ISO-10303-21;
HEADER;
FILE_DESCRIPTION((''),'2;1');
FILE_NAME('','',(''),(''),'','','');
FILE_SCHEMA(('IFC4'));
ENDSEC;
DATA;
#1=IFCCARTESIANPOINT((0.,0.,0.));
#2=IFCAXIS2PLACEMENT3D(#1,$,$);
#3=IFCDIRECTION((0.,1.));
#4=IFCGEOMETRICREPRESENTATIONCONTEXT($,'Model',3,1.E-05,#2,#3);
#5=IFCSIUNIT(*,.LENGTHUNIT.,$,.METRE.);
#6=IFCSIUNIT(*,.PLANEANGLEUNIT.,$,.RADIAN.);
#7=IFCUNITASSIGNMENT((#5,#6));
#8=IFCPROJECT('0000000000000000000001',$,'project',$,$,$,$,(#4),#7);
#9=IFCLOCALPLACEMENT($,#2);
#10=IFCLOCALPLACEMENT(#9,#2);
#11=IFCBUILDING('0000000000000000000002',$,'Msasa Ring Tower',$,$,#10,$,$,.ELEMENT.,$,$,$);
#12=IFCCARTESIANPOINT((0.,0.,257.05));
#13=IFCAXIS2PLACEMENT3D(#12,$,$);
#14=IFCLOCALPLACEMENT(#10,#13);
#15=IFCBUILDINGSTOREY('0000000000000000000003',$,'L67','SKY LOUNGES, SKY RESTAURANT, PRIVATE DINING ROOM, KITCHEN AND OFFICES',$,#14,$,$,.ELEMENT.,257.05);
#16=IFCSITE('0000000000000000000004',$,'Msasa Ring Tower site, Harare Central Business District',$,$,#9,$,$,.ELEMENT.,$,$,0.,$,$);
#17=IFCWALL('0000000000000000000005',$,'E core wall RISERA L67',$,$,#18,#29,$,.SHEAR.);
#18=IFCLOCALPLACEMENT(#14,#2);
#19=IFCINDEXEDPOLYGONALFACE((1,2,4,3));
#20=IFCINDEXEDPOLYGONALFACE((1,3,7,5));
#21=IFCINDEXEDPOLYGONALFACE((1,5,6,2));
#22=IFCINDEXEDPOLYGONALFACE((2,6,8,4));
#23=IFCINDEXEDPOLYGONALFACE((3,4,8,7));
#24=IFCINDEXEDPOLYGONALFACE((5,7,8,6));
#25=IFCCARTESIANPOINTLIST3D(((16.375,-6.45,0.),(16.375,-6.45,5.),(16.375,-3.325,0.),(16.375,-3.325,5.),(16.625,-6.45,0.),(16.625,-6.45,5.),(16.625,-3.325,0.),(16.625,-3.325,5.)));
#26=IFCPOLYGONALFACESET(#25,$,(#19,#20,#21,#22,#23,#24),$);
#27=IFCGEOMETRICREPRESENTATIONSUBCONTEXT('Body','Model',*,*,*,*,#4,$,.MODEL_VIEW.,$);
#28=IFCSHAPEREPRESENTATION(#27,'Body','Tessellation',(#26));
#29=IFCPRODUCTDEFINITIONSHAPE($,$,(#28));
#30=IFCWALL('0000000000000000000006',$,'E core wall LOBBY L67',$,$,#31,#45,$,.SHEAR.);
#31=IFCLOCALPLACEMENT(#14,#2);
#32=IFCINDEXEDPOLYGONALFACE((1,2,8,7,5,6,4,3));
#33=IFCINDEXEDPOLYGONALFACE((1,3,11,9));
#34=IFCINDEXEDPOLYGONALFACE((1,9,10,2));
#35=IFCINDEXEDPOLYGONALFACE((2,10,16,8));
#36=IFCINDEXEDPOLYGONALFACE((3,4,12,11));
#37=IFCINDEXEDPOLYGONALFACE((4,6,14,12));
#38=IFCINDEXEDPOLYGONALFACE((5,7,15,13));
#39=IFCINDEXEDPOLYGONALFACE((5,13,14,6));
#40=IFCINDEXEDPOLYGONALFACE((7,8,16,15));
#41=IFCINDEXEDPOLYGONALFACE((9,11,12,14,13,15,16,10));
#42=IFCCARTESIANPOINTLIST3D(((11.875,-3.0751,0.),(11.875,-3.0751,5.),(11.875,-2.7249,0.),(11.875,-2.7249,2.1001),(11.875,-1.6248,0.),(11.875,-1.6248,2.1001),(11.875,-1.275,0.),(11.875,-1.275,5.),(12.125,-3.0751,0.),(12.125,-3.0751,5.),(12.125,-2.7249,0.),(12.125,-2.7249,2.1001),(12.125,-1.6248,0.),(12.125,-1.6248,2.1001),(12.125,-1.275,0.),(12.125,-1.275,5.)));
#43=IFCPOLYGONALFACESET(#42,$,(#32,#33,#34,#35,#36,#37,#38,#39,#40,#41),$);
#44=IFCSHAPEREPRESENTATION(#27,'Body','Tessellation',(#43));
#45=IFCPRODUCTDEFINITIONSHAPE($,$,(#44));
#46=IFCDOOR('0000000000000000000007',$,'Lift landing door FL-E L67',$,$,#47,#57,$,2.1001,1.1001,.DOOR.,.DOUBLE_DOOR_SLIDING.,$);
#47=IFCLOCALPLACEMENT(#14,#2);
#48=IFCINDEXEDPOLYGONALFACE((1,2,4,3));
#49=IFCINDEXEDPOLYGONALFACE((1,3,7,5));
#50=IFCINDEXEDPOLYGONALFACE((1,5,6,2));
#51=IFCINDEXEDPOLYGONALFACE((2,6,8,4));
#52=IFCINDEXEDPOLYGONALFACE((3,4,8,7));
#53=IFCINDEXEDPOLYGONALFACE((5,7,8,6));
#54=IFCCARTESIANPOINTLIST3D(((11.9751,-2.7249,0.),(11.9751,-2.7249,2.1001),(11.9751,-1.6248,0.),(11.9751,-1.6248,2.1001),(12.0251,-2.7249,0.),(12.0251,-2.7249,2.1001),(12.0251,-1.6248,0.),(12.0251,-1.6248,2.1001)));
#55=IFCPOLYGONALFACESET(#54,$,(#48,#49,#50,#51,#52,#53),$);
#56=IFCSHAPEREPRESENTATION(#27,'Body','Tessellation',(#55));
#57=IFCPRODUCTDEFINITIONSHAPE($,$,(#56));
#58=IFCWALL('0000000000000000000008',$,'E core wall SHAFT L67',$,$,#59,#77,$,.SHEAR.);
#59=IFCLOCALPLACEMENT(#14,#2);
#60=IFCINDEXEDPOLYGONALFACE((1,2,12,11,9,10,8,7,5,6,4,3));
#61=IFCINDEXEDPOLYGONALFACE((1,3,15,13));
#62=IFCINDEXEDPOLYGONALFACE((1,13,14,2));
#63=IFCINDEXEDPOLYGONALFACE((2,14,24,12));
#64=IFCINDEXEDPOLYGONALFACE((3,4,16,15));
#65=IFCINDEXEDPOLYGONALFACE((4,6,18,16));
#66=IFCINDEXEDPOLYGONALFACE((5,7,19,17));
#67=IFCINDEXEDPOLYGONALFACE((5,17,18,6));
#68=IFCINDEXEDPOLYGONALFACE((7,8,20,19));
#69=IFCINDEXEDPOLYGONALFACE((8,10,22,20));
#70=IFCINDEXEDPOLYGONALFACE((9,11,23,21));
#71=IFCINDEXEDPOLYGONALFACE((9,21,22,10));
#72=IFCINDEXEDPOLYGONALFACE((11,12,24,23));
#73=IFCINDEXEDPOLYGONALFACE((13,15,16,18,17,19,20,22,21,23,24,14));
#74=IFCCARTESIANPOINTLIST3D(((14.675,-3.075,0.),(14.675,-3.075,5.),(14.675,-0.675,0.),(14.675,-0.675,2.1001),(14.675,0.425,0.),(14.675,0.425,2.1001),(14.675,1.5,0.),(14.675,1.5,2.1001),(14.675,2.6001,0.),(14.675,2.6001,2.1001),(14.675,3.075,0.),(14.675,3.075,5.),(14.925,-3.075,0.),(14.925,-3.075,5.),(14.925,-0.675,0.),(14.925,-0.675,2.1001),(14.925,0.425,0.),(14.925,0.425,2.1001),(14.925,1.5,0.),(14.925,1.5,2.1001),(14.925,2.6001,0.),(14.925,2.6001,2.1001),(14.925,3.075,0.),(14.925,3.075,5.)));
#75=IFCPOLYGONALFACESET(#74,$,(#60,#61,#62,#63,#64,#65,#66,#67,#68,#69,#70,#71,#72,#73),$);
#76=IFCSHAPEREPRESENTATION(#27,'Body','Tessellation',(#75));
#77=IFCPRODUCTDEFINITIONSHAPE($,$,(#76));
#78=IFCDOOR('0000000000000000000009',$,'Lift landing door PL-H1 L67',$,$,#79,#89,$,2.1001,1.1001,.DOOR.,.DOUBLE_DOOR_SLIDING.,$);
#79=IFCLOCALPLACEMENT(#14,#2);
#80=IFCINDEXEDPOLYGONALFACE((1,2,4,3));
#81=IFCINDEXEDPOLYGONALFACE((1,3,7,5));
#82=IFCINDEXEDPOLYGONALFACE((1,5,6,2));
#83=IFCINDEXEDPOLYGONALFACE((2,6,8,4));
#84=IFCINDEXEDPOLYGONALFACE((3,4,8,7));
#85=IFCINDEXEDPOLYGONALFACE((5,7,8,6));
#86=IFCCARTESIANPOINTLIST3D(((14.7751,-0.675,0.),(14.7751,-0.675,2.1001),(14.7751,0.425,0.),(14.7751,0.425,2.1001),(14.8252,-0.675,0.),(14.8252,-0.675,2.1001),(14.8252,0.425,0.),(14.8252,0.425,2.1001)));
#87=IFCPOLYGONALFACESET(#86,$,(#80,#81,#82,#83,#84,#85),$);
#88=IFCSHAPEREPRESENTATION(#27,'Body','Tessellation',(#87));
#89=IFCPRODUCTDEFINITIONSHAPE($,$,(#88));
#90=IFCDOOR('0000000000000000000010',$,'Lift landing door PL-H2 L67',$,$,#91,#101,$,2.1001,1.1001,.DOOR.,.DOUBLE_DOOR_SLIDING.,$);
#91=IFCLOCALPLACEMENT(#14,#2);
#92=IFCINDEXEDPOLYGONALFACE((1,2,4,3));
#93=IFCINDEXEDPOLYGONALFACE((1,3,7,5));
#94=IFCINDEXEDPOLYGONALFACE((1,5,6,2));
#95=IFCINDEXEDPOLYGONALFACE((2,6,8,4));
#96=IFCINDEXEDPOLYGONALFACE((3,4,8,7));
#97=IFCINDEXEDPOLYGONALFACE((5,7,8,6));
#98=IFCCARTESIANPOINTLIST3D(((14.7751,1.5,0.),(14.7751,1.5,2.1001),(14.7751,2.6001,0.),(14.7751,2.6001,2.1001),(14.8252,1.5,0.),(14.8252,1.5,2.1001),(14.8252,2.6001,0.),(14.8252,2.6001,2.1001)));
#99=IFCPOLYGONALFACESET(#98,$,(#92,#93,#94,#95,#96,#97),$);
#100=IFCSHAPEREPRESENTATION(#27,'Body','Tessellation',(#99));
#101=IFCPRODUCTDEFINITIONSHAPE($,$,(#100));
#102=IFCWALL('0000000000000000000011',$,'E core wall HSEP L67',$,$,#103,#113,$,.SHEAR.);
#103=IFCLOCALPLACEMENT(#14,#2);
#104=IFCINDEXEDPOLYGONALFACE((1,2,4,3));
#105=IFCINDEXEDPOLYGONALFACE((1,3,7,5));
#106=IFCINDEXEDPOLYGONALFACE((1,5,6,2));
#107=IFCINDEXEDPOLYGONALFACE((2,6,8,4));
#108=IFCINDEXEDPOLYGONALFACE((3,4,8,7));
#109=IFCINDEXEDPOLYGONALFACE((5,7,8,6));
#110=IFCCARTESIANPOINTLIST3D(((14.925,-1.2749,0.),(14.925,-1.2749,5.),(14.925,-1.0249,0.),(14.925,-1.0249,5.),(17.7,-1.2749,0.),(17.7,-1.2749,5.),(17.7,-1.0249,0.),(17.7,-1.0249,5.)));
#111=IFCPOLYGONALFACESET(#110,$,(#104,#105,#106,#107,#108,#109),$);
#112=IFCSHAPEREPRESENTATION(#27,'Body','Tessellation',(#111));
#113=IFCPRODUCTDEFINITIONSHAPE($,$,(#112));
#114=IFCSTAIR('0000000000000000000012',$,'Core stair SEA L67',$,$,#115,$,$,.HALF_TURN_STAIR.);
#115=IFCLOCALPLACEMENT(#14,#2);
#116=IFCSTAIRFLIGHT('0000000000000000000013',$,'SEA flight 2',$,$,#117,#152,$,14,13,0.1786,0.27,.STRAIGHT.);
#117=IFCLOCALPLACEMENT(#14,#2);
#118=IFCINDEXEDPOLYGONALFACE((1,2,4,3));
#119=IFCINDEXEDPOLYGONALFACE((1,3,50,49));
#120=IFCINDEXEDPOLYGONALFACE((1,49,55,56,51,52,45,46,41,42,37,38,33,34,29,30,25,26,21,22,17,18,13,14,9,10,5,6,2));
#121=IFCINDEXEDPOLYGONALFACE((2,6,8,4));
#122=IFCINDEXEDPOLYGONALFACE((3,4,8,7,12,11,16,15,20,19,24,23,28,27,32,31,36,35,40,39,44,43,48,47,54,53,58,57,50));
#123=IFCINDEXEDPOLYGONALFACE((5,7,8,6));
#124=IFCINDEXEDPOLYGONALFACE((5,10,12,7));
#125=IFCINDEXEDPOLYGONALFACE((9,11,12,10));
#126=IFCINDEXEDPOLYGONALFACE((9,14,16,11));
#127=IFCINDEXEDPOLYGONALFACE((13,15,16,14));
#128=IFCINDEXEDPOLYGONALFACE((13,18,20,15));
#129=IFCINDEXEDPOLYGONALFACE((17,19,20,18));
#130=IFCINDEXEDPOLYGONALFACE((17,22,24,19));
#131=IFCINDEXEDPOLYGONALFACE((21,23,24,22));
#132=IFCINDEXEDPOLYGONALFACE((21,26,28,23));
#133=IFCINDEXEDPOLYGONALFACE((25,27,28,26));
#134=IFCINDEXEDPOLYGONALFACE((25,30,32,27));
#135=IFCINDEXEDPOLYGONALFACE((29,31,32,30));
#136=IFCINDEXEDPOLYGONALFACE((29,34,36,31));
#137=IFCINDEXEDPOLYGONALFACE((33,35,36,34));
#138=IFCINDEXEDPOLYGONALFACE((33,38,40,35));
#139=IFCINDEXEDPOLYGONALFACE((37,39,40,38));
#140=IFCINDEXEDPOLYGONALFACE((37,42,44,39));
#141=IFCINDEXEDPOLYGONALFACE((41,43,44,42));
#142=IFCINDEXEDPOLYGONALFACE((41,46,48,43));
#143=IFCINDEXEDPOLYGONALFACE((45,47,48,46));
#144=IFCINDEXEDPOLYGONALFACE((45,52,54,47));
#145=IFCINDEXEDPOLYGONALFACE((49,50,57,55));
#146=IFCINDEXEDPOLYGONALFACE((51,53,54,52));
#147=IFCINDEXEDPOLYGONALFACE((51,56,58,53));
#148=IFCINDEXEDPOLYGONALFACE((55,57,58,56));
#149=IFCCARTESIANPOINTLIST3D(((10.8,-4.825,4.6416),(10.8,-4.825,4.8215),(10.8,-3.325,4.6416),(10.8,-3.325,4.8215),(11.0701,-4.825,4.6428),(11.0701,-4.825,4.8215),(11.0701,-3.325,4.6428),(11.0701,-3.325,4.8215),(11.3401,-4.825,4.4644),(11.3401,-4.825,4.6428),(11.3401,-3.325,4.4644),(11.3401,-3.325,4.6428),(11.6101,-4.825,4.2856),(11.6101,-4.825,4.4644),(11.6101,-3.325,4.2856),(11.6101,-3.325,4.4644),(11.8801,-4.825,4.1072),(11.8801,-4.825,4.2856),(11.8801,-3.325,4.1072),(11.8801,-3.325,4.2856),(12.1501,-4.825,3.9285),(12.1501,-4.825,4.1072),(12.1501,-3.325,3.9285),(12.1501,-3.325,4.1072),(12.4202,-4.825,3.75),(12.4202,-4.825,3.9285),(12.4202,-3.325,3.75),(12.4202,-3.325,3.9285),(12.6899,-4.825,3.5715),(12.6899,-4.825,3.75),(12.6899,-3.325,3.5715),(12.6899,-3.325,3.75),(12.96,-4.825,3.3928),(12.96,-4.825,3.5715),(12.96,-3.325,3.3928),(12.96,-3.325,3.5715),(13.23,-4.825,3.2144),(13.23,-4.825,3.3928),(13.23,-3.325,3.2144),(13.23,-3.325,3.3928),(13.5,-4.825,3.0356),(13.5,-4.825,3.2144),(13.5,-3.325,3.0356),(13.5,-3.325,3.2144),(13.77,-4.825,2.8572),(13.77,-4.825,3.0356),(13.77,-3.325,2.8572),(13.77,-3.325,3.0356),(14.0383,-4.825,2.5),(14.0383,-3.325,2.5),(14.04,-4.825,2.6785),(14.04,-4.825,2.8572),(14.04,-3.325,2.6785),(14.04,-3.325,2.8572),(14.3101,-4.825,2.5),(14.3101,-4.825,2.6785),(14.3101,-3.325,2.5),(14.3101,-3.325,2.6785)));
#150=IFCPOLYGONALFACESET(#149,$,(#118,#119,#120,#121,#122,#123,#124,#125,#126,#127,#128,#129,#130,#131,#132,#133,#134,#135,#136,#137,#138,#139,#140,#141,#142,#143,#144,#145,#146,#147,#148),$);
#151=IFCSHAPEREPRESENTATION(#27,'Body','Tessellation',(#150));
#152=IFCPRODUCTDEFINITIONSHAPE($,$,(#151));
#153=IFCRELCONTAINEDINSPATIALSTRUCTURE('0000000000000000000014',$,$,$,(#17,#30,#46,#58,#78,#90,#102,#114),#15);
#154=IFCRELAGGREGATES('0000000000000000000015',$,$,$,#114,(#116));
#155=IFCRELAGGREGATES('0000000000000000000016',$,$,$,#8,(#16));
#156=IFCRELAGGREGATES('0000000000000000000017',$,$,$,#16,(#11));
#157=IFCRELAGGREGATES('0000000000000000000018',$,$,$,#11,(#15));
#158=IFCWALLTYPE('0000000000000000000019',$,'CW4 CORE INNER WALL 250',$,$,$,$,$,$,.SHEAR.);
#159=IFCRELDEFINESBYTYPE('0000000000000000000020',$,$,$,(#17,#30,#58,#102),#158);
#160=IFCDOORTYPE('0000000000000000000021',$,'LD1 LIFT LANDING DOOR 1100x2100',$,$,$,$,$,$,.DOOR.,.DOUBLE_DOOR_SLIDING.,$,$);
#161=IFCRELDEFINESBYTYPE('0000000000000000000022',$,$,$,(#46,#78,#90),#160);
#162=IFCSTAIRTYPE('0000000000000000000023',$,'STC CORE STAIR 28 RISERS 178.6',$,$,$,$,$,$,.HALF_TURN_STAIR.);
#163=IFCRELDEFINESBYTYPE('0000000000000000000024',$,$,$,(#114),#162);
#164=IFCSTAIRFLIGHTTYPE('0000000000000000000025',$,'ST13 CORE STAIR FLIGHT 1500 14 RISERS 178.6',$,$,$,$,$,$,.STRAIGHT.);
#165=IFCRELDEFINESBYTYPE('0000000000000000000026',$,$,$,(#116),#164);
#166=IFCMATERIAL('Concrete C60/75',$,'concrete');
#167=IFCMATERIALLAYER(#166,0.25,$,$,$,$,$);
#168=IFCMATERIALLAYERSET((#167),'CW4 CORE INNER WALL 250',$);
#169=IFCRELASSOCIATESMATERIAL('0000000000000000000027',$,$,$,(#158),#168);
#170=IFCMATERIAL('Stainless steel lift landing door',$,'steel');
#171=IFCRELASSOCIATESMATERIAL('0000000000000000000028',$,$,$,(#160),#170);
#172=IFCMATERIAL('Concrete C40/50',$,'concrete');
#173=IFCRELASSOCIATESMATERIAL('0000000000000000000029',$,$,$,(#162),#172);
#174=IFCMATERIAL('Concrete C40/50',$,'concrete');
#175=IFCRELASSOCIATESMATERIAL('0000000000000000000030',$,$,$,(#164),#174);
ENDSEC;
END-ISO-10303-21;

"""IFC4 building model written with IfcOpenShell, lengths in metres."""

from ifc_helpers import new_model, si_unit, direction, frame, frame_2d, origin, place, context, subcontext, project, spatial, polyline, rectangle, outline, extrude, material, layer, layer_set, type_object, element, fill, aggregate, save


model = new_model("IFC4")

# Units and contexts
model_context = context("Model", 3, precision=1e-05, world=origin(), true_north=direction((0.0, 1.0)))
body_context = subcontext(model_context, "Body", "Model", "MODEL_VIEW")
ifc_project = project(units=[si_unit("LENGTHUNIT", "METRE"), si_unit("PLANEANGLEUNIT", "RADIAN")], contexts=[model_context])

# Site, building, storey
site_placement = place(None, origin())
site = spatial("IfcSite", under=ifc_project, at=site_placement, Name="Msasa Ring Tower site, Harare Central Business District", CompositionType="ELEMENT", RefElevation=0.0)
building_placement = place(site_placement, origin())
building = spatial("IfcBuilding", under=site, at=building_placement, Name="Msasa Ring Tower", CompositionType="ELEMENT")
storey_placement = place(building_placement, frame((0.0, 0.0, 257.05)))
storey = spatial("IfcBuildingStorey", under=building, at=storey_placement, Name="L67", Description="SKY LOUNGES, SKY RESTAURANT, PRIVATE DINING ROOM, KITCHEN AND OFFICES", CompositionType="ELEMENT", Elevation=257.05)

# Wall
ifc_material_1 = material(Name="Concrete C60/75", Category="concrete")
ifc_layer_1 = layer(ifc_material_1, 0.25)
ifc_layer_set_1 = layer_set([ifc_layer_1], Name="CW4 CORE INNER WALL 250")
wall_type_1 = type_object("IfcWallType", Name="CW4 CORE INNER WALL 250", PredefinedType="SHEAR", material=ifc_layer_set_1)
wall_1_placement = place(storey_placement, frame((16.5, -6.45, 0.0), z_axis=(0.0, 0.0, 1.0), x_axis=(0.0, 1.0, 0.0)))
element("IfcWall", 1, at=wall_1_placement, inside=storey, type_object=wall_type_1, Name="E core wall RISERA L67", PredefinedType="SHEAR", context=body_context, shape_type="SweptSolid", body=[
    extrude(rectangle(XDim=3.125, YDim=0.25, at=frame_2d((1.5625, 0.0))), origin(), (0.0, 0.0, 1.0), 5.0),
])

# Wall, opening, door
wall_2_placement = place(storey_placement, frame((12.0, -3.075, 0.0), z_axis=(0.0, 0.0, 1.0), x_axis=(0.0, 1.0, 0.0)))
wall_2 = element("IfcWall", 2, at=wall_2_placement, inside=storey, type_object=wall_type_1, Name="E core wall LOBBY L67", PredefinedType="SHEAR", context=body_context, shape_type="SweptSolid", body=[
    extrude(rectangle(XDim=1.8, YDim=0.25, at=frame_2d((0.8999, 0.0))), origin(), (0.0, 0.0, 1.0), 5.0),
])
opening_1_placement = place(wall_2_placement, frame((0.3501, 0.0, 0.0)))
opening_1 = element("IfcOpeningElement", 3, at=opening_1_placement, cuts=wall_2, PredefinedType="OPENING", context=body_context, shape_type="SweptSolid", body=[
    extrude(rectangle(XDim=1.1001, YDim=2.1001, at=frame_2d((0.55, 1.05))), frame((0.0, 0.135, 0.0), z_axis=(0.0, -1.0, 0.0), x_axis=(1.0, 0.0, 0.0)), (0.0, 0.0, 1.0), 0.27),
])
ifc_material_2 = material(Name="Stainless steel lift landing door", Category="steel")
door_type = type_object("IfcDoorType", Name="LD1 LIFT LANDING DOOR 1100x2100", OperationType="DOUBLE_DOOR_SLIDING", PredefinedType="DOOR", material=ifc_material_2)
door_1_placement = place(opening_1_placement, origin())
door_1 = element("IfcDoor", 4, at=door_1_placement, inside=storey, type_object=door_type, Name="Lift landing door FL-E L67", OperationType="DOUBLE_DOOR_SLIDING", OverallHeight=2.1001, OverallWidth=1.1001, PredefinedType="DOOR", context=body_context, shape_type="SweptSolid", body=[
    extrude(rectangle(XDim=1.1001, YDim=2.1001, at=frame_2d((0.55, 1.05))), frame((0.0, 0.0249, 0.0), z_axis=(0.0, -1.0, 0.0), x_axis=(1.0, 0.0, 0.0)), (0.0, 0.0, 1.0), 0.05),
])
fill(opening_1, door_1)

# Wall, openings, doors
wall_3_placement = place(storey_placement, frame((14.8, -3.075, 0.0), z_axis=(0.0, 0.0, 1.0), x_axis=(0.0, 1.0, 0.0)))
wall_3 = element("IfcWall", 5, at=wall_3_placement, inside=storey, type_object=wall_type_1, Name="E core wall SHAFT L67", PredefinedType="SHEAR", context=body_context, shape_type="SweptSolid", body=[
    extrude(rectangle(XDim=6.1499, YDim=0.25, at=frame_2d((3.075, 0.0))), origin(), (0.0, 0.0, 1.0), 5.0),
])
opening_2_placement = place(wall_3_placement, frame((2.3999, 0.0, 0.0)))
opening_2 = element("IfcOpeningElement", 6, at=opening_2_placement, cuts=wall_3, PredefinedType="OPENING", context=body_context, shape_type="SweptSolid", body=[
    extrude(rectangle(XDim=1.1001, YDim=2.1001, at=frame_2d((0.55, 1.05))), frame((0.0, 0.135, 0.0), z_axis=(0.0, -1.0, 0.0), x_axis=(1.0, 0.0, 0.0)), (0.0, 0.0, 1.0), 0.27),
])
opening_3_placement = place(wall_3_placement, frame((4.575, 0.0, 0.0)))
opening_3 = element("IfcOpeningElement", 7, at=opening_3_placement, cuts=wall_3, PredefinedType="OPENING", context=body_context, shape_type="SweptSolid", body=[
    extrude(rectangle(XDim=1.1001, YDim=2.1001, at=frame_2d((0.55, 1.05))), frame((0.0, 0.135, 0.0), z_axis=(0.0, -1.0, 0.0), x_axis=(1.0, 0.0, 0.0)), (0.0, 0.0, 1.0), 0.27),
])
door_2_placement = place(opening_2_placement, origin())
door_2 = element("IfcDoor", 8, at=door_2_placement, inside=storey, type_object=door_type, Name="Lift landing door PL-H1 L67", OperationType="DOUBLE_DOOR_SLIDING", OverallHeight=2.1001, OverallWidth=1.1001, PredefinedType="DOOR", context=body_context, shape_type="SweptSolid", body=[
    extrude(rectangle(XDim=1.1001, YDim=2.1001, at=frame_2d((0.55, 1.05))), frame((0.0, 0.0249, 0.0), z_axis=(0.0, -1.0, 0.0), x_axis=(1.0, 0.0, 0.0)), (0.0, 0.0, 1.0), 0.05),
])
fill(opening_2, door_2)
door_3_placement = place(opening_3_placement, origin())
door_3 = element("IfcDoor", 9, at=door_3_placement, inside=storey, type_object=door_type, Name="Lift landing door PL-H2 L67", OperationType="DOUBLE_DOOR_SLIDING", OverallHeight=2.1001, OverallWidth=1.1001, PredefinedType="DOOR", context=body_context, shape_type="SweptSolid", body=[
    extrude(rectangle(XDim=1.1001, YDim=2.1001, at=frame_2d((0.55, 1.05))), frame((0.0, 0.0249, 0.0), z_axis=(0.0, -1.0, 0.0), x_axis=(1.0, 0.0, 0.0)), (0.0, 0.0, 1.0), 0.05),
])
fill(opening_3, door_3)

# Wall
wall_4_placement = place(storey_placement, frame((14.925, -1.1499, 0.0), z_axis=(0.0, 0.0, 1.0), x_axis=(1.0, 0.0, 0.0)))
element("IfcWall", 10, at=wall_4_placement, inside=storey, type_object=wall_type_1, Name="E core wall HSEP L67", PredefinedType="SHEAR", context=body_context, shape_type="SweptSolid", body=[
    extrude(rectangle(XDim=2.7749, YDim=0.25, at=frame_2d((1.3875, 0.0))), origin(), (0.0, 0.0, 1.0), 5.0),
])

# Stair, stair flight
ifc_material_3 = material(Name="Concrete C40/50", Category="concrete")
stair_type = type_object("IfcStairType", Name="STC CORE STAIR 28 RISERS 178.6", PredefinedType="HALF_TURN_STAIR", material=ifc_material_3)
stair_placement = place(storey_placement, origin())
stair = element("IfcStair", 11, at=stair_placement, inside=storey, type_object=stair_type, Name="Core stair SEA L67", PredefinedType="HALF_TURN_STAIR")
ifc_material_4 = material(Name="Concrete C40/50", Category="concrete")
stair_flight_type = type_object("IfcStairFlightType", Name="ST13 CORE STAIR FLIGHT 1500 14 RISERS 178.6", PredefinedType="STRAIGHT", material=ifc_material_4)
stair_flight_placement = place(storey_placement, frame((14.3101, -4.075, 2.5), z_axis=(0.0, 0.0, 1.0), x_axis=(-1.0, 0.0, 0.0)))
stair_flight = element("IfcStairFlight", 12, at=stair_flight_placement, type_object=stair_flight_type, Name="SEA flight 2", NumberOfRisers=14, NumberOfTreads=13, PredefinedType="STRAIGHT", RiserHeight=0.1786, TreadLength=0.27, context=body_context, shape_type="SweptSolid", body=[
    extrude(outline(polyline([(0.0, 0.0), (0.0, 0.1785), (0.27, 0.1785), (0.27, 0.3572), (0.54, 0.3572), (0.54, 0.5356), (0.8101, 0.5356), (0.8101, 0.7144), (1.0801, 0.7144), (1.0801, 0.8928), (1.3501, 0.8928), (1.3501, 1.0715), (1.6201, 1.0715), (1.6201, 1.25), (1.8899, 1.25), (1.8899, 1.4285), (2.1599, 1.4285), (2.1599, 1.6072), (2.4299, 1.6072), (2.4299, 1.7856), (2.7, 1.7856), (2.7, 1.9644), (2.97, 1.9644), (2.97, 2.1428), (3.24, 2.1428), (3.24, 2.3215), (3.51, 2.3215), (3.51, 2.5), (3.51, 2.1416), (0.2717, 0.0), (0.0, 0.0)])), frame((0.0, 0.75, 0.0), z_axis=(0.0, -1.0, 0.0), x_axis=(1.0, 0.0, 0.0)), (0.0, 0.0, 1.0), 1.5),
])
aggregate(stair, [stair_flight])

save(model, "model.ifc")
